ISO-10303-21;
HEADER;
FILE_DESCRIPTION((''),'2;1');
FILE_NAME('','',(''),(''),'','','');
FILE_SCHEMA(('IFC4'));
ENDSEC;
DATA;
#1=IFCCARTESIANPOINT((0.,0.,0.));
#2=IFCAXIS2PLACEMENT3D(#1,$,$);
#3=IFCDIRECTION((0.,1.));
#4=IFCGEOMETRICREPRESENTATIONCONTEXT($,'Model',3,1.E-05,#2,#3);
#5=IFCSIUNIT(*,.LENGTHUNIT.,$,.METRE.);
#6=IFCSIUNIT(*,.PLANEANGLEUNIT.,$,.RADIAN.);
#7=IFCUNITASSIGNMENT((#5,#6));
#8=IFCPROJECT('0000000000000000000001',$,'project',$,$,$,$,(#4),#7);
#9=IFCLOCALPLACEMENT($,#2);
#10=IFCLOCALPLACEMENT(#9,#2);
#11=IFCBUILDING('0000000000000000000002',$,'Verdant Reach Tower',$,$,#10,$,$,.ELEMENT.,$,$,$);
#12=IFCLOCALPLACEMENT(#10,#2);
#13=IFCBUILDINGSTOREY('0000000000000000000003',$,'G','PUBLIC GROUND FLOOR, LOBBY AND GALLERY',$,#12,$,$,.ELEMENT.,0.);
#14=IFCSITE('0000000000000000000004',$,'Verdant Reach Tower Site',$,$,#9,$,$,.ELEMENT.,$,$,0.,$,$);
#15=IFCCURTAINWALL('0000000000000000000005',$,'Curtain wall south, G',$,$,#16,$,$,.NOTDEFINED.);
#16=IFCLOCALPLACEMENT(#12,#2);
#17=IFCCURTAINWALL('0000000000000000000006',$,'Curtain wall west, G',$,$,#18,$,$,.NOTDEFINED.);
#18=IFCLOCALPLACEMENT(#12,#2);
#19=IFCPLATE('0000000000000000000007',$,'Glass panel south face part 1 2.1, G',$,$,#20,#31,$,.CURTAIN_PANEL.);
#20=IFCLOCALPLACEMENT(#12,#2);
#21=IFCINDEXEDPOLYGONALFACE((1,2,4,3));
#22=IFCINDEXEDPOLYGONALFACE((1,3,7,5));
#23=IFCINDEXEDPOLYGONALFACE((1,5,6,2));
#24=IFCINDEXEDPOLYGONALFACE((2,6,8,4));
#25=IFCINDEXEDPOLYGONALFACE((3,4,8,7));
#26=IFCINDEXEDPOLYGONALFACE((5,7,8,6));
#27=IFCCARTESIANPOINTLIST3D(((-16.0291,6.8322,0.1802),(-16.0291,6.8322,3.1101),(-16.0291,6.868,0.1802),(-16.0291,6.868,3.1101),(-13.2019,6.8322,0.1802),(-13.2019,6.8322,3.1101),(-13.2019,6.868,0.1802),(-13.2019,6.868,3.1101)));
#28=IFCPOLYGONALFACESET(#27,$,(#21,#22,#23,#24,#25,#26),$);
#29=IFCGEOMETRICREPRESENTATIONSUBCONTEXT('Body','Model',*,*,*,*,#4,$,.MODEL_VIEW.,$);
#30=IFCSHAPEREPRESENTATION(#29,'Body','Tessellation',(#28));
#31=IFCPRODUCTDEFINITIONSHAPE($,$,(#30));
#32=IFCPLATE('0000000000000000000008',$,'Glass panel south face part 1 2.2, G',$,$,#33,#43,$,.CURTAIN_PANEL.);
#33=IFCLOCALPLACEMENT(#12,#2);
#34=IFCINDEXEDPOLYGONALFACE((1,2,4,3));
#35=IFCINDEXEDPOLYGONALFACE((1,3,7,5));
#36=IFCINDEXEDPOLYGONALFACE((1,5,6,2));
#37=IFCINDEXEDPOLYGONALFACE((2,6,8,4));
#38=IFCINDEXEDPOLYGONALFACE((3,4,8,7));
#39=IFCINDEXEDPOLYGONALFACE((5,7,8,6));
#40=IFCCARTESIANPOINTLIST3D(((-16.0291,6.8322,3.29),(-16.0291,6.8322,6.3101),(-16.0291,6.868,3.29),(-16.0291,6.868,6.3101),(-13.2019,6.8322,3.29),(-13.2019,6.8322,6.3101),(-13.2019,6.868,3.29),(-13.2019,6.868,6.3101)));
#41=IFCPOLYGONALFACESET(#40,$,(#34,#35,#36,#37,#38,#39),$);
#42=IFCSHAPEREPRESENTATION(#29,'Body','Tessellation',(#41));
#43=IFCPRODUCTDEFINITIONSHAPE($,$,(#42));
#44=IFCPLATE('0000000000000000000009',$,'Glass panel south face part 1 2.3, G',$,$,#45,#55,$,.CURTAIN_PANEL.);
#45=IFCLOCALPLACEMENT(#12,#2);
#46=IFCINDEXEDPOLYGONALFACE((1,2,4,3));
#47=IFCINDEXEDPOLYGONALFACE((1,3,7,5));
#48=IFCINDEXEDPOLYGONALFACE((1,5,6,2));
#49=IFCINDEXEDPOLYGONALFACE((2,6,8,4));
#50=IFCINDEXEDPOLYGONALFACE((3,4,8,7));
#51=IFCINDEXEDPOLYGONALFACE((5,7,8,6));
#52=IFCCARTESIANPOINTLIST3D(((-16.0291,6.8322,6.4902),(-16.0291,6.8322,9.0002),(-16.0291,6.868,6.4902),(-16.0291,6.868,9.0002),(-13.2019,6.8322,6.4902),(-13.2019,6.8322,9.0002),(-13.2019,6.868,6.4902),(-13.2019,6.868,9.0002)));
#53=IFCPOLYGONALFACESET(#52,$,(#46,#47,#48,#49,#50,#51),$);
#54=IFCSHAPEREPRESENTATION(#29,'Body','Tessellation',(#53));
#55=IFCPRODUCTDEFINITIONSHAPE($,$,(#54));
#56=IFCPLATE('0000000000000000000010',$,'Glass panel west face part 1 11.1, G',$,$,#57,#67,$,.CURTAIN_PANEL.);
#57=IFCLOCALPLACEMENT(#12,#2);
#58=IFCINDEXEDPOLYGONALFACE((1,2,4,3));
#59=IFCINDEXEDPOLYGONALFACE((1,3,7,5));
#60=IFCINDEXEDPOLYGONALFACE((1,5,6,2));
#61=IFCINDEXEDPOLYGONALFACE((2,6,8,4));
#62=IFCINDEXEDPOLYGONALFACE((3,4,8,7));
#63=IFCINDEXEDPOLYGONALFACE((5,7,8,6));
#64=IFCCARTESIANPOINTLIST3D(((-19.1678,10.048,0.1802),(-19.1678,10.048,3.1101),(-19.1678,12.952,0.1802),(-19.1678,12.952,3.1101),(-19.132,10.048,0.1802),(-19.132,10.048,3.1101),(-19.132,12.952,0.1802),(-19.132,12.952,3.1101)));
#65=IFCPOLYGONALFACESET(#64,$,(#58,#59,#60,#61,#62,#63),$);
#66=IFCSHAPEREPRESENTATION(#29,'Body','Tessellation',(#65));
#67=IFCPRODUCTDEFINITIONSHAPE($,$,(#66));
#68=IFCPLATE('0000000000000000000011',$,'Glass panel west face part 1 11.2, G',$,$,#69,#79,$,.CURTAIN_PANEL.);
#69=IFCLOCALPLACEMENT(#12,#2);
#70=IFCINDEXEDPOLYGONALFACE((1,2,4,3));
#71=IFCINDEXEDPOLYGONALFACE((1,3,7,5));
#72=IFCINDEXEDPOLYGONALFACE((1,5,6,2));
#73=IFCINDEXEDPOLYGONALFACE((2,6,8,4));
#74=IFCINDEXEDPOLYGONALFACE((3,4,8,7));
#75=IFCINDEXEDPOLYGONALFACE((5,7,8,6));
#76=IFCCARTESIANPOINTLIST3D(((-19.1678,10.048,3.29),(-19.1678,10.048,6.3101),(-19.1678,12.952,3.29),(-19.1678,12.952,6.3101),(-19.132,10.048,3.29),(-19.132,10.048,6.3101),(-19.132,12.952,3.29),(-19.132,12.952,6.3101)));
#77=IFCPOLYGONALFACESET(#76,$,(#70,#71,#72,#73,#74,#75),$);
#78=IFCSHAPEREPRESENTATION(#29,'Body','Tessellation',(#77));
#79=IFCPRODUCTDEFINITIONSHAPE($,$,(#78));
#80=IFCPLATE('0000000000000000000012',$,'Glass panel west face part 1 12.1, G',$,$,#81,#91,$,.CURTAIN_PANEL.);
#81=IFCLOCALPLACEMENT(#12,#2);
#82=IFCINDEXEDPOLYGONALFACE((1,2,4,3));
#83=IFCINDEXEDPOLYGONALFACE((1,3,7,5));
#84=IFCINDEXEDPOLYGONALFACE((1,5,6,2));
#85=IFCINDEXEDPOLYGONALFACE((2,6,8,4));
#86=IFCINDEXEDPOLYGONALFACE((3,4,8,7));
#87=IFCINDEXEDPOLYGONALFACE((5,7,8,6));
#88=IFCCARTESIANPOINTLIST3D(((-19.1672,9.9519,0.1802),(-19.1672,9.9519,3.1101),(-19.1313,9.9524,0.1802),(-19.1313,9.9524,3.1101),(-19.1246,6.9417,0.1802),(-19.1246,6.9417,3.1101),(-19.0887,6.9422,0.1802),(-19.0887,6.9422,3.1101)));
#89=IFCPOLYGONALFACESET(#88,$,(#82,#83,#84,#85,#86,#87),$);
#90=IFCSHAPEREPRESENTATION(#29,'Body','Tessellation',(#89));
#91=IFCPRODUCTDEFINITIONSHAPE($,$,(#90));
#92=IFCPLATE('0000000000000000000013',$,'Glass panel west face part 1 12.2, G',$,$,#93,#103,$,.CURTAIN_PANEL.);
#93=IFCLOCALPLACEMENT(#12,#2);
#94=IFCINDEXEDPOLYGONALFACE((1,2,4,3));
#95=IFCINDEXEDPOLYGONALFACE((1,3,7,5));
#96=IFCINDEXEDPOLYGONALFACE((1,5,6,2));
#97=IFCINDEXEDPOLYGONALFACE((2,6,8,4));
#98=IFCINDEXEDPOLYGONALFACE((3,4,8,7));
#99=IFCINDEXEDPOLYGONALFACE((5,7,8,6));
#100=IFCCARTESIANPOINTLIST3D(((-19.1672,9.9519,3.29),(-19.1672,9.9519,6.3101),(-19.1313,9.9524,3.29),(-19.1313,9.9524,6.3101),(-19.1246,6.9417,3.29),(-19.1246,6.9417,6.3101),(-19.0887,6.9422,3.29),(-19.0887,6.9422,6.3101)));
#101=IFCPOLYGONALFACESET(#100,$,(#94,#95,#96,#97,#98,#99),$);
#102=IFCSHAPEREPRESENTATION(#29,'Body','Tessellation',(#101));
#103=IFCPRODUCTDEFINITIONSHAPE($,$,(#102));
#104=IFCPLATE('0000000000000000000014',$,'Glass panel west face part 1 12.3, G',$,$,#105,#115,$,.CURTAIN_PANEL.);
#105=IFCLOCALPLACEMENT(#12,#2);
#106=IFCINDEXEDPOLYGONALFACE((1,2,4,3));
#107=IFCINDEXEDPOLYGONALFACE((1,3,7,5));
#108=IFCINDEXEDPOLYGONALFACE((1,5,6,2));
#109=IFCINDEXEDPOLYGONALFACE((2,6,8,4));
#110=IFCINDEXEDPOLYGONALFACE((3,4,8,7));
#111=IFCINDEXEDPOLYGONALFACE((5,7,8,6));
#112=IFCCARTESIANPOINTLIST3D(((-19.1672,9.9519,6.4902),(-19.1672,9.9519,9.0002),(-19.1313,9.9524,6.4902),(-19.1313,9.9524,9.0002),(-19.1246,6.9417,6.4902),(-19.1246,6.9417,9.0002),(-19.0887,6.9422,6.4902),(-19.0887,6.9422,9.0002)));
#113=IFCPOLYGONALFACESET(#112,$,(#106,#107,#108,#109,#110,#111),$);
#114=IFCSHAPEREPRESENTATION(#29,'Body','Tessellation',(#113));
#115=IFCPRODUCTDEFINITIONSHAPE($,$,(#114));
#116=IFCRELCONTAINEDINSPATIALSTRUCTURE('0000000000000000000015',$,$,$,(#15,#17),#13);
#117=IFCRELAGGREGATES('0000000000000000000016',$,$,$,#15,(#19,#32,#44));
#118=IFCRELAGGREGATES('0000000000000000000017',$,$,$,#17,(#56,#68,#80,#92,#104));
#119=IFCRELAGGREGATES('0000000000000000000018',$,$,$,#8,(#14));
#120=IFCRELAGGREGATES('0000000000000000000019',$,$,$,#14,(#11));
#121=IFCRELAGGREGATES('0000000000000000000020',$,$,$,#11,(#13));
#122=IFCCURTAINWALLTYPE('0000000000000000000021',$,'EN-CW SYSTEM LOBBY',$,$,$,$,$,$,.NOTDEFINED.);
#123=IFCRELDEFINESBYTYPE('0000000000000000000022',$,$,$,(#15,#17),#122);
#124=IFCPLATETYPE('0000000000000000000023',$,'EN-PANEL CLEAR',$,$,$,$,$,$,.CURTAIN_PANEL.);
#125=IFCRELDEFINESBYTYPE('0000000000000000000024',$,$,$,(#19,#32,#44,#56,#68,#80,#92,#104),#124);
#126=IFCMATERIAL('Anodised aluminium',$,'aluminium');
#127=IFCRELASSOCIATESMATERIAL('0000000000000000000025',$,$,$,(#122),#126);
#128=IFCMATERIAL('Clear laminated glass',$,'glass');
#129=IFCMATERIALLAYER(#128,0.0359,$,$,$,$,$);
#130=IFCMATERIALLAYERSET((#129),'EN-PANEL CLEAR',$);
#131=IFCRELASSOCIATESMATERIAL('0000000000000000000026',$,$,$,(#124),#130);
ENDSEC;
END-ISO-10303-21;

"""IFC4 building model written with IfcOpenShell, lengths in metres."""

from ifc_helpers import new_model, si_unit, direction, frame, origin, origin_2d, place, context, subcontext, project, spatial, rectangle, extrude, material, layer, layer_set, type_object, element, aggregate, save


model = new_model("IFC4")

# Units and contexts
model_context = context("Model", 3, precision=1e-05, world=origin(), true_north=direction((0.0, 1.0)))
body_context = subcontext(model_context, "Body", "Model", "MODEL_VIEW")
ifc_project = project(units=[si_unit("LENGTHUNIT", "METRE"), si_unit("PLANEANGLEUNIT", "RADIAN")], contexts=[model_context])

# Site, building, storey
site_placement = place(None, origin())
site = spatial("IfcSite", under=ifc_project, at=site_placement, Name="Verdant Reach Tower Site", CompositionType="ELEMENT", RefElevation=0.0)
building_placement = place(site_placement, origin())
building = spatial("IfcBuilding", under=site, at=building_placement, Name="Verdant Reach Tower", CompositionType="ELEMENT")
storey_placement = place(building_placement, origin())
storey = spatial("IfcBuildingStorey", under=building, at=storey_placement, Name="G", Description="PUBLIC GROUND FLOOR, LOBBY AND GALLERY", CompositionType="ELEMENT", Elevation=0.0)

# Curtain wall
ifc_material_1 = material(Name="Anodised aluminium", Category="aluminium")
curtain_wall_type = type_object("IfcCurtainWallType", Name="EN-CW SYSTEM LOBBY", PredefinedType="NOTDEFINED", material=ifc_material_1)
curtain_wall_1_placement = place(storey_placement, origin())
curtain_wall_1 = element("IfcCurtainWall", 1, at=curtain_wall_1_placement, inside=storey, type_object=curtain_wall_type, Name="Curtain wall south, G", PredefinedType="NOTDEFINED")

# Curtain wall
curtain_wall_2_placement = place(storey_placement, origin())
curtain_wall_2 = element("IfcCurtainWall", 2, at=curtain_wall_2_placement, inside=storey, type_object=curtain_wall_type, Name="Curtain wall west, G", PredefinedType="NOTDEFINED")

# Plates
ifc_material_2 = material(Name="Clear laminated glass", Category="glass")
ifc_layer = layer(ifc_material_2, 0.0359)
ifc_layer_set = layer_set([ifc_layer], Name="EN-PANEL CLEAR")
plate_type = type_object("IfcPlateType", Name="EN-PANEL CLEAR", PredefinedType="CURTAIN_PANEL", material=ifc_layer_set)
plate_1_placement = place(storey_placement, frame((-14.6155, 6.8501, 0.1802), z_axis=(0.0, 0.0, 1.0), x_axis=(1.0, 0.0, 0.0)))
plate_1 = element("IfcPlate", 3, at=plate_1_placement, type_object=plate_type, Name="Glass panel south face part 1 2.1, G", PredefinedType="CURTAIN_PANEL", context=body_context, shape_type="SweptSolid", body=[
    extrude(rectangle(XDim=2.8271, YDim=0.0359, at=origin_2d()), origin(), (0.0, 0.0, 1.0), 2.9299),
])
plate_2_placement = place(storey_placement, frame((-14.6155, 6.8501, 3.29), z_axis=(0.0, 0.0, 1.0), x_axis=(1.0, 0.0, 0.0)))
plate_2 = element("IfcPlate", 4, at=plate_2_placement, type_object=plate_type, Name="Glass panel south face part 1 2.2, G", PredefinedType="CURTAIN_PANEL", context=body_context, shape_type="SweptSolid", body=[
    extrude(rectangle(XDim=2.8271, YDim=0.0359, at=origin_2d()), origin(), (0.0, 0.0, 1.0), 3.02),
])
plate_3_placement = place(storey_placement, frame((-14.6155, 6.8501, 6.4902), z_axis=(0.0, 0.0, 1.0), x_axis=(1.0, 0.0, 0.0)))
plate_3 = element("IfcPlate", 5, at=plate_3_placement, type_object=plate_type, Name="Glass panel south face part 1 2.3, G", PredefinedType="CURTAIN_PANEL", context=body_context, shape_type="SweptSolid", body=[
    extrude(rectangle(XDim=2.8271, YDim=0.0359, at=origin_2d()), origin(), (0.0, 0.0, 1.0), 2.51),
])
aggregate(curtain_wall_1, [plate_1, plate_2, plate_3])
plate_4_placement = place(storey_placement, frame((-19.1499, 11.5, 0.1802), z_axis=(0.0, 0.0, 1.0), x_axis=(0.0, -1.0, 0.0)))
plate_4 = element("IfcPlate", 6, at=plate_4_placement, type_object=plate_type, Name="Glass panel west face part 1 11.1, G", PredefinedType="CURTAIN_PANEL", context=body_context, shape_type="SweptSolid", body=[
    extrude(rectangle(XDim=2.9041, YDim=0.0359, at=origin_2d()), origin(), (0.0, 0.0, 1.0), 2.9299),
])
plate_5_placement = place(storey_placement, frame((-19.1499, 11.5, 3.29), z_axis=(0.0, 0.0, 1.0), x_axis=(0.0, -1.0, 0.0)))
plate_5 = element("IfcPlate", 7, at=plate_5_placement, type_object=plate_type, Name="Glass panel west face part 1 11.2, G", PredefinedType="CURTAIN_PANEL", context=body_context, shape_type="SweptSolid", body=[
    extrude(rectangle(XDim=2.9041, YDim=0.0359, at=origin_2d()), origin(), (0.0, 0.0, 1.0), 3.02),
])
plate_6_placement = place(storey_placement, frame((-19.1279, 8.447, 0.1802), z_axis=(0.0, 0.0, 1.0), x_axis=(0.014143, -0.9999, 0.0)))
plate_6 = element("IfcPlate", 8, at=plate_6_placement, type_object=plate_type, Name="Glass panel west face part 1 12.1, G", PredefinedType="CURTAIN_PANEL", context=body_context, shape_type="SweptSolid", body=[
    extrude(rectangle(XDim=3.0105, YDim=0.0359, at=origin_2d()), origin(), (0.0, 0.0, 1.0), 2.9299),
])
plate_7_placement = place(storey_placement, frame((-19.1279, 8.447, 3.29), z_axis=(0.0, 0.0, 1.0), x_axis=(0.014143, -0.9999, 0.0)))
plate_7 = element("IfcPlate", 9, at=plate_7_placement, type_object=plate_type, Name="Glass panel west face part 1 12.2, G", PredefinedType="CURTAIN_PANEL", context=body_context, shape_type="SweptSolid", body=[
    extrude(rectangle(XDim=3.0105, YDim=0.0359, at=origin_2d()), origin(), (0.0, 0.0, 1.0), 3.02),
])
plate_8_placement = place(storey_placement, frame((-19.1279, 8.447, 6.4902), z_axis=(0.0, 0.0, 1.0), x_axis=(0.014143, -0.9999, 0.0)))
plate_8 = element("IfcPlate", 10, at=plate_8_placement, type_object=plate_type, Name="Glass panel west face part 1 12.3, G", PredefinedType="CURTAIN_PANEL", context=body_context, shape_type="SweptSolid", body=[
    extrude(rectangle(XDim=3.0105, YDim=0.0359, at=origin_2d()), origin(), (0.0, 0.0, 1.0), 2.51),
])
aggregate(curtain_wall_2, [plate_4, plate_5, plate_6, plate_7, plate_8])

save(model, "model.ifc")
